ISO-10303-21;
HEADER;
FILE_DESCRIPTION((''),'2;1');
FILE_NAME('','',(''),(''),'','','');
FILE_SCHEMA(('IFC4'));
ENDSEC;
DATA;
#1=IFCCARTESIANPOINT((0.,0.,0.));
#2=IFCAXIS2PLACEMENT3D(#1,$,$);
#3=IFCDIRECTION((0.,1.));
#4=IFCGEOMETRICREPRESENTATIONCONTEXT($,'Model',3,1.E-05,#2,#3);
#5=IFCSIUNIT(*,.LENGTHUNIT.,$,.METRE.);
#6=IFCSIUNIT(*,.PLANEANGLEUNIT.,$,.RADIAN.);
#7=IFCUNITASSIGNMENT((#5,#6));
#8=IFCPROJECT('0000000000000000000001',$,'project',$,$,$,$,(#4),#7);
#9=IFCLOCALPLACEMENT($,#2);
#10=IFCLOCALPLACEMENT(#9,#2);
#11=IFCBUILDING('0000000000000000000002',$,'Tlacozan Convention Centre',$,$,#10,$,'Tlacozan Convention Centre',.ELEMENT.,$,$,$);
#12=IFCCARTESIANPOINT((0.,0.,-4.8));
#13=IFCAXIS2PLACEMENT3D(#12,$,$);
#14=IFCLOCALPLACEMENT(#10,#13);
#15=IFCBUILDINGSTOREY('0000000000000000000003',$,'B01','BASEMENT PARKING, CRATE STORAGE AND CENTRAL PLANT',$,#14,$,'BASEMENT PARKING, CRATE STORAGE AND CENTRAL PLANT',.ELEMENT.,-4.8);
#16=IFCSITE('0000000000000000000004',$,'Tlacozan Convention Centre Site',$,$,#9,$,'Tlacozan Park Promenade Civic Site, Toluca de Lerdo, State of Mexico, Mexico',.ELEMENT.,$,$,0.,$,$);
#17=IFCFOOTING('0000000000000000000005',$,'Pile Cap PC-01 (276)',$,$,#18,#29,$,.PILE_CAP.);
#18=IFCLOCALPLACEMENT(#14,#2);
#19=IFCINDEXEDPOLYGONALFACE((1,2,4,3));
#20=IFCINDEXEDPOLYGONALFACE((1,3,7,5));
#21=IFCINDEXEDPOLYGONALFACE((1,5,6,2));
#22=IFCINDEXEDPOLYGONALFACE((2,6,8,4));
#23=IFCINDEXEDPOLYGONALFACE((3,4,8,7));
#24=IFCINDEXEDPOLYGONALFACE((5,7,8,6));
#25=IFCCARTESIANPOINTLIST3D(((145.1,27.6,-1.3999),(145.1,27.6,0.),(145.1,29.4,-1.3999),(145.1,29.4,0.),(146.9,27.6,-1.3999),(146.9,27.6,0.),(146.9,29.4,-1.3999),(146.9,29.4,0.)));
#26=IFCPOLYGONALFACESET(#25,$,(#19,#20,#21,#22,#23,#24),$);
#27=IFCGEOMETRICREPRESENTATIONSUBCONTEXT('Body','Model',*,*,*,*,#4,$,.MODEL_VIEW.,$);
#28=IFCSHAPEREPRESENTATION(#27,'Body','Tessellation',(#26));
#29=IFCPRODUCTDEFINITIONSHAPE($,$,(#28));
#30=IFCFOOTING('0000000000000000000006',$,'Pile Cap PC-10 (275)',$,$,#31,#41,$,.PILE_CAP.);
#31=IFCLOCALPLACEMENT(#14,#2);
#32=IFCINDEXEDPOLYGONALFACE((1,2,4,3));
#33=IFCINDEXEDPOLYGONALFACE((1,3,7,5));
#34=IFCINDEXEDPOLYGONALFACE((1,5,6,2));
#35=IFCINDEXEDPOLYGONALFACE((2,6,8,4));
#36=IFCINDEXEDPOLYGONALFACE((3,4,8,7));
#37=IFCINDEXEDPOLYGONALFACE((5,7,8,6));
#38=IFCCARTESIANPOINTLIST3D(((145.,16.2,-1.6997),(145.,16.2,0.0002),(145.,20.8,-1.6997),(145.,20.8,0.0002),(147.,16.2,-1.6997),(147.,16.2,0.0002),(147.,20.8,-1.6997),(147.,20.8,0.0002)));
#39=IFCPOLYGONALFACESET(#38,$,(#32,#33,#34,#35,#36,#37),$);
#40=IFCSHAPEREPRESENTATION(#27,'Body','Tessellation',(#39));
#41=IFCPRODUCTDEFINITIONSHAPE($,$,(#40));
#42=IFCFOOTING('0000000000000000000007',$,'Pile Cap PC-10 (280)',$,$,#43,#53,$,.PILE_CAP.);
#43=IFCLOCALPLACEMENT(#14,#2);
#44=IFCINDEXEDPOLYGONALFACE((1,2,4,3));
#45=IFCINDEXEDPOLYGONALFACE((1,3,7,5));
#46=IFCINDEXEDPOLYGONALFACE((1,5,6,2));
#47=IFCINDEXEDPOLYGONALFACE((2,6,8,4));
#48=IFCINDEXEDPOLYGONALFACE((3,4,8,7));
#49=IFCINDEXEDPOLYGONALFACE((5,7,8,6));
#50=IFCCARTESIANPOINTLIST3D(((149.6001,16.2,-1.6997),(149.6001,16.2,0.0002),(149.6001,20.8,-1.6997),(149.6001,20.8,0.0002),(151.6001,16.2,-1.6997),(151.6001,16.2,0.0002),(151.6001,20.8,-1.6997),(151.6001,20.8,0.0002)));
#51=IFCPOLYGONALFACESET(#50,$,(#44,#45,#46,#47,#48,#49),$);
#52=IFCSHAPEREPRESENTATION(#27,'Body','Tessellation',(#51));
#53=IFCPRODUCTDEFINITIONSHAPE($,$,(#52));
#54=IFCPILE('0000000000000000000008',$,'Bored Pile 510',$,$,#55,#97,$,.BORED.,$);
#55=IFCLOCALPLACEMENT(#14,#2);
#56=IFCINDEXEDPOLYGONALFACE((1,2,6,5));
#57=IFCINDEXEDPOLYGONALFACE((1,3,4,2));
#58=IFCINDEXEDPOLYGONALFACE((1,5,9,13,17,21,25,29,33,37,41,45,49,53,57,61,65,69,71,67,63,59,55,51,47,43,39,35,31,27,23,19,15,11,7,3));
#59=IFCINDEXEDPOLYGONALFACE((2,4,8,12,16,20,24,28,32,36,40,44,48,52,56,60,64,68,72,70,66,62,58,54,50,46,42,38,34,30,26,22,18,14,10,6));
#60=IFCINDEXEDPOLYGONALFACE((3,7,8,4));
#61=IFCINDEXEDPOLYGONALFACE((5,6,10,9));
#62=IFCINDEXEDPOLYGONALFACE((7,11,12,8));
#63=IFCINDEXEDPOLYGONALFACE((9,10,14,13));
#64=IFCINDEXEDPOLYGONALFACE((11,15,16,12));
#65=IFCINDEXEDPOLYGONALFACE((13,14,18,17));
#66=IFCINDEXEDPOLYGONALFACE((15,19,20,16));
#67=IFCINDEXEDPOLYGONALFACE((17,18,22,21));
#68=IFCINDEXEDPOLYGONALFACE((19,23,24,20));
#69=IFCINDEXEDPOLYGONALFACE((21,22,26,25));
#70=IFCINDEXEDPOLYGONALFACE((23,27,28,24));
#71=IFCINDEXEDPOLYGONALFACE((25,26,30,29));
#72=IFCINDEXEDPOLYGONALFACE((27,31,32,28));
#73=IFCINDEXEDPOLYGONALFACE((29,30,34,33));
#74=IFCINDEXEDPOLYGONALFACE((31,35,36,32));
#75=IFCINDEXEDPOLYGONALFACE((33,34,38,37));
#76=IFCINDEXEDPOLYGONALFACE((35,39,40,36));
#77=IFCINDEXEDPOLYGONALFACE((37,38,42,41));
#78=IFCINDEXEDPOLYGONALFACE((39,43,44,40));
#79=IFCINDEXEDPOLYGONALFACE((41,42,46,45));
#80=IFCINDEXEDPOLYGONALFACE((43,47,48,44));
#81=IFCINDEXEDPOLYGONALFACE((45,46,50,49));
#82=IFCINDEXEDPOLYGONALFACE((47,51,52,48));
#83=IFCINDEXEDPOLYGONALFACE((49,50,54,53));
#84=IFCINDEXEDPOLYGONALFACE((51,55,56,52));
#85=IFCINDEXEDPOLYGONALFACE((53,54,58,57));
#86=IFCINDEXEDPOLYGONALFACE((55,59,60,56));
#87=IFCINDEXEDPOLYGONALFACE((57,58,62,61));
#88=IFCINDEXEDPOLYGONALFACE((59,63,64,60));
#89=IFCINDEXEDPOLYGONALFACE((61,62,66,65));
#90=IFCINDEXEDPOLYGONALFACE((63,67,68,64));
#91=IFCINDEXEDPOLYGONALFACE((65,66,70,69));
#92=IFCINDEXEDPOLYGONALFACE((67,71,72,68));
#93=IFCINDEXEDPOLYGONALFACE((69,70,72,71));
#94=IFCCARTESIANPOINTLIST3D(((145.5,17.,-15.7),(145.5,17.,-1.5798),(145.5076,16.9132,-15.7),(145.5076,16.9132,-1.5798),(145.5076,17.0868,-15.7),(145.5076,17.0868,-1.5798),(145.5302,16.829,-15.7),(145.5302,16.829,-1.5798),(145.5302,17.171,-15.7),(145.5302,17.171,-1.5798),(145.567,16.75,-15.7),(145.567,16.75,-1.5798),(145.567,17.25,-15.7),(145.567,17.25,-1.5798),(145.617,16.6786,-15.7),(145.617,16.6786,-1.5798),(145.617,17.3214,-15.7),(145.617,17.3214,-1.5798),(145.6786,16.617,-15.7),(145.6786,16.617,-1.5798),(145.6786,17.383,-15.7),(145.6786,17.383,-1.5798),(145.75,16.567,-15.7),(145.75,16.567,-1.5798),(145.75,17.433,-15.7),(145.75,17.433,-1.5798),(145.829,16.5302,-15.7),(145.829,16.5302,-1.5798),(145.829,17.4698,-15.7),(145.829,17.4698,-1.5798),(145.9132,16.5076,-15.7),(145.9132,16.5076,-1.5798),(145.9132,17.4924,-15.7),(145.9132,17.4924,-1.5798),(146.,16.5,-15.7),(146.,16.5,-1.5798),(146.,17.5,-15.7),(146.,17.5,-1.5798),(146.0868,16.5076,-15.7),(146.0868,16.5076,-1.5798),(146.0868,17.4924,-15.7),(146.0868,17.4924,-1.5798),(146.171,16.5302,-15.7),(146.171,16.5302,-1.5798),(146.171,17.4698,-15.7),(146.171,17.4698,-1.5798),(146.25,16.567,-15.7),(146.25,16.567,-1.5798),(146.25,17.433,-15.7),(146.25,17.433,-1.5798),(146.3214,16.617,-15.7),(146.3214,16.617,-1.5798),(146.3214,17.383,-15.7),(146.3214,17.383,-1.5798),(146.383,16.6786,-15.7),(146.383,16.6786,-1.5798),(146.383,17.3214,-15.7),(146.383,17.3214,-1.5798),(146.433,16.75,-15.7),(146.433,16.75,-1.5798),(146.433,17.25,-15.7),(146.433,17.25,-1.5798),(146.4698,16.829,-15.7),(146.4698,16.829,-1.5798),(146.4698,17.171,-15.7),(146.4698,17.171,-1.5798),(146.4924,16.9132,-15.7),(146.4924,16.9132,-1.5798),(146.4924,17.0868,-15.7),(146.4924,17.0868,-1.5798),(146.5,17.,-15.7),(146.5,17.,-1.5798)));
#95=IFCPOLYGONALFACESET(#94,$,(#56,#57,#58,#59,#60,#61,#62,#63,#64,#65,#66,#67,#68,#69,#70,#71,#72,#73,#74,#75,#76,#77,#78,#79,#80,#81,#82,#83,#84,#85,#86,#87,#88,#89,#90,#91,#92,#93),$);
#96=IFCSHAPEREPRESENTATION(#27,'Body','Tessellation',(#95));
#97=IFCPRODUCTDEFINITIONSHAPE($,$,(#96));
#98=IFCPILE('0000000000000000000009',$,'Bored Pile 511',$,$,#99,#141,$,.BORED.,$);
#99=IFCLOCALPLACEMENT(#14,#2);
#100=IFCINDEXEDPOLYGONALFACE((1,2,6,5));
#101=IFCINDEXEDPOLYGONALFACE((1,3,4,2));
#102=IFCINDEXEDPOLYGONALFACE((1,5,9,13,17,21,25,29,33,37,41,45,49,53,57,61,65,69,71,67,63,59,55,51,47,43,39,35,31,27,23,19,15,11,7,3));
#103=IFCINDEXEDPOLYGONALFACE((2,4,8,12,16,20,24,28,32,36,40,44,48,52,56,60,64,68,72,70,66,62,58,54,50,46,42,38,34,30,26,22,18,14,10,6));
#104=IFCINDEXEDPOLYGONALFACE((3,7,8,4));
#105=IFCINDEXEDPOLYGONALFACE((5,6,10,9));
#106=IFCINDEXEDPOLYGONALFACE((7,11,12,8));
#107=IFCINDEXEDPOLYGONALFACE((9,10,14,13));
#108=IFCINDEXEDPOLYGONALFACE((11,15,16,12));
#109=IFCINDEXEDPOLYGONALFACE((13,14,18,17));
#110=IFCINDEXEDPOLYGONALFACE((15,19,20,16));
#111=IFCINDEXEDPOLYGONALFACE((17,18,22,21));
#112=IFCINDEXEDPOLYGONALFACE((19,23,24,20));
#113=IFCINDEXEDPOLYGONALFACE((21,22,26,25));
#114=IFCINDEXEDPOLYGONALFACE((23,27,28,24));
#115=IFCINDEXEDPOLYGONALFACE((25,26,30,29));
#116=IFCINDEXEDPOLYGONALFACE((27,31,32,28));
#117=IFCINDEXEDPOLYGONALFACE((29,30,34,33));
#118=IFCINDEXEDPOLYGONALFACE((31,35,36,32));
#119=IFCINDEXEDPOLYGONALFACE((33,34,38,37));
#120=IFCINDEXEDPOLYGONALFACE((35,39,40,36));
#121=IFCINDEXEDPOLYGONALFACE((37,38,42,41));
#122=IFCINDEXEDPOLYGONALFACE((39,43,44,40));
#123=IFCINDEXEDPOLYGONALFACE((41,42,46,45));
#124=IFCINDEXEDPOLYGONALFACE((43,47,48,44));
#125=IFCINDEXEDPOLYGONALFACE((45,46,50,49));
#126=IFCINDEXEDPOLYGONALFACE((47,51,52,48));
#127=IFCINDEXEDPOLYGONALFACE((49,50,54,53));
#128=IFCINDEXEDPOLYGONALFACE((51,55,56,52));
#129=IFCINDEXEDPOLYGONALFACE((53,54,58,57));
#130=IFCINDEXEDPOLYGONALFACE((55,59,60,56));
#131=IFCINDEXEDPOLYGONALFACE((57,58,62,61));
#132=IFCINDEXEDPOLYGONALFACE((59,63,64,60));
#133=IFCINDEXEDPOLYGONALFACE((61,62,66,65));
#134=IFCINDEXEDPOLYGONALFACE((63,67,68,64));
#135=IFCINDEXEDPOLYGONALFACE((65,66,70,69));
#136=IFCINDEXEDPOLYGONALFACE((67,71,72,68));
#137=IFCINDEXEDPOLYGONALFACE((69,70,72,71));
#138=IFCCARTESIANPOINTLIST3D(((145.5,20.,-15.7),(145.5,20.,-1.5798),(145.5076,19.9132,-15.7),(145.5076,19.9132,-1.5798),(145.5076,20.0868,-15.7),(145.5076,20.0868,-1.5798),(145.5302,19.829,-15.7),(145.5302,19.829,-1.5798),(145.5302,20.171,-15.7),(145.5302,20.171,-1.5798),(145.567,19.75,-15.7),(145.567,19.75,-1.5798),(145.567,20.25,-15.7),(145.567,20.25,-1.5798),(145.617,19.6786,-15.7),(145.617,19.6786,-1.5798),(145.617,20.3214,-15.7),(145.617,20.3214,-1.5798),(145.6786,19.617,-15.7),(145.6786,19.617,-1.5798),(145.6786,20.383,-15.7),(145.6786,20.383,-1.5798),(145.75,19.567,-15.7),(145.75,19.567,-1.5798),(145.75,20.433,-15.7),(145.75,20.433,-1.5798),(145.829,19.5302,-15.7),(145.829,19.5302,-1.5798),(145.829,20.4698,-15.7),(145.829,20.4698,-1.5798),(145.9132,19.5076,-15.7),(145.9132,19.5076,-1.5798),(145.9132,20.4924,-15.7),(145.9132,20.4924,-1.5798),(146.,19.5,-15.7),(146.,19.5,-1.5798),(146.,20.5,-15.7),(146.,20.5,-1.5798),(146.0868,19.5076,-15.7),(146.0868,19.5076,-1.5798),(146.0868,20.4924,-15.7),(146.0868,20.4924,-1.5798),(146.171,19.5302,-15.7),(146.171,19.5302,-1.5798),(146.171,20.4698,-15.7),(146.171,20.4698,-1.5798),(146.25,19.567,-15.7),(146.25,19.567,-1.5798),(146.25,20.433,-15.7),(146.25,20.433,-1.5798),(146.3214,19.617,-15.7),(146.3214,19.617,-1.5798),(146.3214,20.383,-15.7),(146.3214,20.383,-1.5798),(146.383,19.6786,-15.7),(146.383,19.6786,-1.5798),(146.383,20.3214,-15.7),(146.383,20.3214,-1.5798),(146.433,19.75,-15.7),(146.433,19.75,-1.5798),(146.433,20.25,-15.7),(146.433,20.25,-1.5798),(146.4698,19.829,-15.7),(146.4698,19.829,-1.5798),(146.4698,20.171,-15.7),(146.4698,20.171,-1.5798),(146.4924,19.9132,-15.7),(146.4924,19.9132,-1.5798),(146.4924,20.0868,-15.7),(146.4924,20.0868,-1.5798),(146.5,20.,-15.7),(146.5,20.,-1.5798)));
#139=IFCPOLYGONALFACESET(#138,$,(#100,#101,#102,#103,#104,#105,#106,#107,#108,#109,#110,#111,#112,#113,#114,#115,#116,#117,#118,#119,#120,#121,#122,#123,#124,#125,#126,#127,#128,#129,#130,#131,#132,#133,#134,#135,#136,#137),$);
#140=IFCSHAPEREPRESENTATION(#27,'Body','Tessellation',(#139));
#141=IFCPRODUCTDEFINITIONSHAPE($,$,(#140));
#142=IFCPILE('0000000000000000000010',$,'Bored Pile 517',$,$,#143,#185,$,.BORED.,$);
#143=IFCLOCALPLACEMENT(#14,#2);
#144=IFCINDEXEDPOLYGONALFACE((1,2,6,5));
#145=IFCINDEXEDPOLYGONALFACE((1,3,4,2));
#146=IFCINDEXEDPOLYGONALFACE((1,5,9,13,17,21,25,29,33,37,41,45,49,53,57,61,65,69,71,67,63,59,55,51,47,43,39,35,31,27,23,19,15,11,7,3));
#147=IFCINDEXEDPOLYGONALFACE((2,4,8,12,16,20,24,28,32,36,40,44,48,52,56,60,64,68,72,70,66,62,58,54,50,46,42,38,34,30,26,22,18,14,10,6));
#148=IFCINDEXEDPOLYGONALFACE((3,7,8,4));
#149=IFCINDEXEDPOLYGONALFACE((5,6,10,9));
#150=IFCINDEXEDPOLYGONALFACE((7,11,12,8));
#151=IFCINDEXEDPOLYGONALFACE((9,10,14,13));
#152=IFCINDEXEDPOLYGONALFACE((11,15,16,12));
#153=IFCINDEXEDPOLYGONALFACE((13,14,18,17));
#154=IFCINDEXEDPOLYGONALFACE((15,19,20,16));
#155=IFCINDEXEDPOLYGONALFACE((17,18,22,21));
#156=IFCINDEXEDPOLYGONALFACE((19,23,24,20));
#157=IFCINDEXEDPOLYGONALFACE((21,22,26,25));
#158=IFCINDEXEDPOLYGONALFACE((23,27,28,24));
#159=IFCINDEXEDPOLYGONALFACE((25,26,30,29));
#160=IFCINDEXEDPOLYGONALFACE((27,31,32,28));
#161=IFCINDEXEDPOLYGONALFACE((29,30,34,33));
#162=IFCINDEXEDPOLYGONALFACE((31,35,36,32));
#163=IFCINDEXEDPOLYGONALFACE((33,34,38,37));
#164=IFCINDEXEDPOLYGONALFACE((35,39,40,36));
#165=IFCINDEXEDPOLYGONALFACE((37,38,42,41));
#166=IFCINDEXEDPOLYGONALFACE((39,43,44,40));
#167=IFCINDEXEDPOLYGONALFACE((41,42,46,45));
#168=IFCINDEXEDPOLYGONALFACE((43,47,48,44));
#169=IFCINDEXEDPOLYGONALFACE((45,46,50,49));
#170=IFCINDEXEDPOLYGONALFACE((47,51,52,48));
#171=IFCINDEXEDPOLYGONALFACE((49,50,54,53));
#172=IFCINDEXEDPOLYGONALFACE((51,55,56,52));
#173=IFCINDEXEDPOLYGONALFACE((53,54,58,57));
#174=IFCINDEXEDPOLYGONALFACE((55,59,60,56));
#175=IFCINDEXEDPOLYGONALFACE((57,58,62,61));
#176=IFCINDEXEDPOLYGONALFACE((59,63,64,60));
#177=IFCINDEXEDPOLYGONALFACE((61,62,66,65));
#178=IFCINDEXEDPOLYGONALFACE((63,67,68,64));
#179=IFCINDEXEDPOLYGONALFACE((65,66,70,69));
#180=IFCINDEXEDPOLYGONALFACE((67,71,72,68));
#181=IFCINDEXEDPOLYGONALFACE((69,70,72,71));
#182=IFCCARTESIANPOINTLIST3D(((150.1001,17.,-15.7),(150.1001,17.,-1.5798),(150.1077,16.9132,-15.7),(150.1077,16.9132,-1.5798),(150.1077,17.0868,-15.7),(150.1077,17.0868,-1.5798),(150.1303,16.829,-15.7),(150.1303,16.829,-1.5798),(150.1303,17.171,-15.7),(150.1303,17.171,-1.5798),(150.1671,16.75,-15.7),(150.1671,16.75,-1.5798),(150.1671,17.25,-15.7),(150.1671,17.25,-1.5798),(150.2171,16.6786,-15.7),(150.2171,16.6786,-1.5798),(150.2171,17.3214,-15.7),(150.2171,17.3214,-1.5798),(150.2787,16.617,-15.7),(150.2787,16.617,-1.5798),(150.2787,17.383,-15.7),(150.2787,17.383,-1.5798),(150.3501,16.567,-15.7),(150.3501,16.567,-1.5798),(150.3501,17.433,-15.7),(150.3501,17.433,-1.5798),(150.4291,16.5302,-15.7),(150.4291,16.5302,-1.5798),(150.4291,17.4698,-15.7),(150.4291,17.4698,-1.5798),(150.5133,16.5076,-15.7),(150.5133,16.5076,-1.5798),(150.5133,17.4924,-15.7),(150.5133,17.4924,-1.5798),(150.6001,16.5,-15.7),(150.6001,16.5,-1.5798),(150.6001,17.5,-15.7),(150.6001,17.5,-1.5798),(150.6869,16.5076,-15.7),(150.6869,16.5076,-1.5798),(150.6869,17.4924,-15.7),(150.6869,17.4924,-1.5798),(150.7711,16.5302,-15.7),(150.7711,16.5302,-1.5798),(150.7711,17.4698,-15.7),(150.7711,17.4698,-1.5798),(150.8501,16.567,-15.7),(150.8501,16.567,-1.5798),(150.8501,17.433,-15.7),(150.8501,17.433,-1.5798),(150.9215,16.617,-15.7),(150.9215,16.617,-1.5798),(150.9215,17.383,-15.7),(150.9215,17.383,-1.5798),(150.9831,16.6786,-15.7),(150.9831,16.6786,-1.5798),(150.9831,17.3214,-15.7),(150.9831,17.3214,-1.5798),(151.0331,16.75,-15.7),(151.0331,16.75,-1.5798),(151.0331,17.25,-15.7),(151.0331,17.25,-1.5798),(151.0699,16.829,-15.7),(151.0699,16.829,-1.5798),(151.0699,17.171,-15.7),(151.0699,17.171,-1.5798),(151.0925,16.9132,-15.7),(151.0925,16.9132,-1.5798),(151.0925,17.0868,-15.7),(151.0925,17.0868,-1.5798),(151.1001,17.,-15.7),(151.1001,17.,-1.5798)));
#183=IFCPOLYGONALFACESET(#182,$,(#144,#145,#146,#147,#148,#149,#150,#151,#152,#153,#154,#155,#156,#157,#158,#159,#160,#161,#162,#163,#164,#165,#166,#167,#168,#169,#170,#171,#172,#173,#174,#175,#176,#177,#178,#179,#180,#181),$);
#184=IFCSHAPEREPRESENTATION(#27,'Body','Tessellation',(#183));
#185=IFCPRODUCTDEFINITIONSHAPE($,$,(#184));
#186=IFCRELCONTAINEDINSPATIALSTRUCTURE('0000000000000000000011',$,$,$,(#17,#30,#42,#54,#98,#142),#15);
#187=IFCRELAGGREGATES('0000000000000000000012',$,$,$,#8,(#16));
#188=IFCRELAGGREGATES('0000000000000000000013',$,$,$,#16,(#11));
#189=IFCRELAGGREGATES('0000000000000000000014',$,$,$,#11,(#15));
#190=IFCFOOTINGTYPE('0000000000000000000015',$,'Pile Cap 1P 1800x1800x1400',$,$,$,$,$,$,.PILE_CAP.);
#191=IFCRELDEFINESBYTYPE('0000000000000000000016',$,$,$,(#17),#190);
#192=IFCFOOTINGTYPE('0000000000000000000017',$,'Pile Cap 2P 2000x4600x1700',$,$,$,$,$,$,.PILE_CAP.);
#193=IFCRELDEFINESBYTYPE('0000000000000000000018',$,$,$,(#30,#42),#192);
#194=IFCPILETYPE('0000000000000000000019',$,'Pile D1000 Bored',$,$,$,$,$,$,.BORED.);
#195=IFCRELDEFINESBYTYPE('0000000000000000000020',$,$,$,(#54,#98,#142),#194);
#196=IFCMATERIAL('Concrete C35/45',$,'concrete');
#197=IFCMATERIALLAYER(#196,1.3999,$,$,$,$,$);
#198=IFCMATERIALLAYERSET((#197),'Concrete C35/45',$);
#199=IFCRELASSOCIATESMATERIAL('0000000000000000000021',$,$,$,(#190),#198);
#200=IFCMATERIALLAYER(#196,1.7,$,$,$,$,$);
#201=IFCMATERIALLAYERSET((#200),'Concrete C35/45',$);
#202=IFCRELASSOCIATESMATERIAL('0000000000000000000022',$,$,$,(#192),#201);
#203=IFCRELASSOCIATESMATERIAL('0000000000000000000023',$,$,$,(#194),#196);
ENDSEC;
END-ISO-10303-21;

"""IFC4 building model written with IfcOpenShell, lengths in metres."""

from ifc_helpers import new_model, si_unit, direction, frame, origin, origin_2d, place, context, subcontext, project, spatial, rectangle, circle, extrude, material, layer, layer_set, material_profile, profile_set, type_object, element, save


model = new_model("IFC4")

# Units and contexts
model_context = context("Model", 3, precision=1e-05, world=origin(), true_north=direction((0.0, 1.0)))
body_context = subcontext(model_context, "Body", "Model", "MODEL_VIEW")
ifc_project = project(units=[si_unit("LENGTHUNIT", "METRE"), si_unit("PLANEANGLEUNIT", "RADIAN")], contexts=[model_context])

# Site, building, storey
site_placement = place(None, origin())
site = spatial("IfcSite", under=ifc_project, at=site_placement, Name="Tlacozan Convention Centre Site", LongName="Tlacozan Park Promenade Civic Site, Toluca de Lerdo, State of Mexico, Mexico", CompositionType="ELEMENT", RefElevation=0.0)
building_placement = place(site_placement, origin())
building = spatial("IfcBuilding", under=site, at=building_placement, Name="Tlacozan Convention Centre", LongName="Tlacozan Convention Centre", CompositionType="ELEMENT")
storey_placement = place(building_placement, frame((0.0, 0.0, -4.8)))
storey = spatial("IfcBuildingStorey", under=building, at=storey_placement, Name="B01", Description="BASEMENT PARKING, CRATE STORAGE AND CENTRAL PLANT", LongName="BASEMENT PARKING, CRATE STORAGE AND CENTRAL PLANT", CompositionType="ELEMENT", Elevation=-4.8)

# Footings
ifc_material_1 = material(Name="Concrete C35/45", Category="concrete")
ifc_layer_1 = layer(ifc_material_1, 1.3999)
ifc_layer_set_1 = layer_set([ifc_layer_1], Name="Concrete C35/45")
footing_type_1 = type_object("IfcFootingType", Name="Pile Cap 1P 1800x1800x1400", PredefinedType="PILE_CAP", material=ifc_layer_set_1)
footing_placement = place(storey_placement, frame((146.0, 28.5, -1.3999), z_axis=(0.0, 0.0, 1.0), x_axis=(1.0, 0.0, 0.0)))
element("IfcFooting", 1, at=footing_placement, inside=storey, type_object=footing_type_1, Name="Pile Cap PC-01 (276)", PredefinedType="PILE_CAP", context=body_context, shape_type="SweptSolid", body=[
    extrude(rectangle(XDim=1.8, YDim=1.8, at=origin_2d()), origin(), (0.0, 0.0, 1.0), 1.3999),
])
ifc_layer_2 = layer(ifc_material_1, 1.7)
ifc_layer_set_2 = layer_set([ifc_layer_2], Name="Concrete C35/45")
footing_type_2 = type_object("IfcFootingType", Name="Pile Cap 2P 2000x4600x1700", PredefinedType="PILE_CAP", material=ifc_layer_set_2)
for number, where, z_axis, x_axis, name in (
    (2, (146.0, 18.5, -1.6997), (0.0, 0.0, 1.0), (1.0, 0.0, 0.0), "Pile Cap PC-10 (275)"),
    (3, (150.6001, 18.5, -1.6997), (0.0, 0.0, 1.0), (1.0, 0.0, 0.0), "Pile Cap PC-10 (280)"),
):
    element("IfcFooting", number, at=place(storey_placement, frame(where, z_axis=z_axis, x_axis=x_axis)), inside=storey, type_object=footing_type_2, Name=name, PredefinedType="PILE_CAP", context=body_context, shape_type="SweptSolid", body=[
        extrude(rectangle(XDim=2.0, YDim=4.6001, at=origin_2d()), origin(), (0.0, 0.0, 1.0), 1.7),
    ])

# Piles
ifc_material_profile_1 = material_profile(ifc_material_1, circle(Radius=0.5, at=origin_2d()), Name="PILE D1000")
ifc_profile_set_1 = profile_set([ifc_material_profile_1], Name="Concrete C35/45")
pile_type_1 = type_object("IfcPileType", Name="Pile D1000 Bored", PredefinedType="BORED", material=ifc_profile_set_1)
for number, where, z_axis, x_axis, name in (
    (4, (146.0, 17.0, -1.5798), (0.0, 0.0, -1.0), (1.0, 0.0, 0.0), "Bored Pile 510"),
    (5, (146.0, 20.0, -1.5798), (0.0, 0.0, -1.0), (1.0, 0.0, 0.0), "Bored Pile 511"),
    (6, (150.6001, 17.0, -1.5798), (0.0, 0.0, -1.0), (1.0, 0.0, 0.0), "Bored Pile 517"),
):
    element("IfcPile", number, at=place(storey_placement, frame(where, z_axis=z_axis, x_axis=x_axis)), inside=storey, type_object=pile_type_1, Name=name, PredefinedType="BORED", context=body_context, shape_type="SweptSolid", body=[
        extrude(circle(Radius=0.5, at=origin_2d()), origin(), (0.0, 0.0, 1.0), 14.1201),
    ])

save(model, "model.ifc")
